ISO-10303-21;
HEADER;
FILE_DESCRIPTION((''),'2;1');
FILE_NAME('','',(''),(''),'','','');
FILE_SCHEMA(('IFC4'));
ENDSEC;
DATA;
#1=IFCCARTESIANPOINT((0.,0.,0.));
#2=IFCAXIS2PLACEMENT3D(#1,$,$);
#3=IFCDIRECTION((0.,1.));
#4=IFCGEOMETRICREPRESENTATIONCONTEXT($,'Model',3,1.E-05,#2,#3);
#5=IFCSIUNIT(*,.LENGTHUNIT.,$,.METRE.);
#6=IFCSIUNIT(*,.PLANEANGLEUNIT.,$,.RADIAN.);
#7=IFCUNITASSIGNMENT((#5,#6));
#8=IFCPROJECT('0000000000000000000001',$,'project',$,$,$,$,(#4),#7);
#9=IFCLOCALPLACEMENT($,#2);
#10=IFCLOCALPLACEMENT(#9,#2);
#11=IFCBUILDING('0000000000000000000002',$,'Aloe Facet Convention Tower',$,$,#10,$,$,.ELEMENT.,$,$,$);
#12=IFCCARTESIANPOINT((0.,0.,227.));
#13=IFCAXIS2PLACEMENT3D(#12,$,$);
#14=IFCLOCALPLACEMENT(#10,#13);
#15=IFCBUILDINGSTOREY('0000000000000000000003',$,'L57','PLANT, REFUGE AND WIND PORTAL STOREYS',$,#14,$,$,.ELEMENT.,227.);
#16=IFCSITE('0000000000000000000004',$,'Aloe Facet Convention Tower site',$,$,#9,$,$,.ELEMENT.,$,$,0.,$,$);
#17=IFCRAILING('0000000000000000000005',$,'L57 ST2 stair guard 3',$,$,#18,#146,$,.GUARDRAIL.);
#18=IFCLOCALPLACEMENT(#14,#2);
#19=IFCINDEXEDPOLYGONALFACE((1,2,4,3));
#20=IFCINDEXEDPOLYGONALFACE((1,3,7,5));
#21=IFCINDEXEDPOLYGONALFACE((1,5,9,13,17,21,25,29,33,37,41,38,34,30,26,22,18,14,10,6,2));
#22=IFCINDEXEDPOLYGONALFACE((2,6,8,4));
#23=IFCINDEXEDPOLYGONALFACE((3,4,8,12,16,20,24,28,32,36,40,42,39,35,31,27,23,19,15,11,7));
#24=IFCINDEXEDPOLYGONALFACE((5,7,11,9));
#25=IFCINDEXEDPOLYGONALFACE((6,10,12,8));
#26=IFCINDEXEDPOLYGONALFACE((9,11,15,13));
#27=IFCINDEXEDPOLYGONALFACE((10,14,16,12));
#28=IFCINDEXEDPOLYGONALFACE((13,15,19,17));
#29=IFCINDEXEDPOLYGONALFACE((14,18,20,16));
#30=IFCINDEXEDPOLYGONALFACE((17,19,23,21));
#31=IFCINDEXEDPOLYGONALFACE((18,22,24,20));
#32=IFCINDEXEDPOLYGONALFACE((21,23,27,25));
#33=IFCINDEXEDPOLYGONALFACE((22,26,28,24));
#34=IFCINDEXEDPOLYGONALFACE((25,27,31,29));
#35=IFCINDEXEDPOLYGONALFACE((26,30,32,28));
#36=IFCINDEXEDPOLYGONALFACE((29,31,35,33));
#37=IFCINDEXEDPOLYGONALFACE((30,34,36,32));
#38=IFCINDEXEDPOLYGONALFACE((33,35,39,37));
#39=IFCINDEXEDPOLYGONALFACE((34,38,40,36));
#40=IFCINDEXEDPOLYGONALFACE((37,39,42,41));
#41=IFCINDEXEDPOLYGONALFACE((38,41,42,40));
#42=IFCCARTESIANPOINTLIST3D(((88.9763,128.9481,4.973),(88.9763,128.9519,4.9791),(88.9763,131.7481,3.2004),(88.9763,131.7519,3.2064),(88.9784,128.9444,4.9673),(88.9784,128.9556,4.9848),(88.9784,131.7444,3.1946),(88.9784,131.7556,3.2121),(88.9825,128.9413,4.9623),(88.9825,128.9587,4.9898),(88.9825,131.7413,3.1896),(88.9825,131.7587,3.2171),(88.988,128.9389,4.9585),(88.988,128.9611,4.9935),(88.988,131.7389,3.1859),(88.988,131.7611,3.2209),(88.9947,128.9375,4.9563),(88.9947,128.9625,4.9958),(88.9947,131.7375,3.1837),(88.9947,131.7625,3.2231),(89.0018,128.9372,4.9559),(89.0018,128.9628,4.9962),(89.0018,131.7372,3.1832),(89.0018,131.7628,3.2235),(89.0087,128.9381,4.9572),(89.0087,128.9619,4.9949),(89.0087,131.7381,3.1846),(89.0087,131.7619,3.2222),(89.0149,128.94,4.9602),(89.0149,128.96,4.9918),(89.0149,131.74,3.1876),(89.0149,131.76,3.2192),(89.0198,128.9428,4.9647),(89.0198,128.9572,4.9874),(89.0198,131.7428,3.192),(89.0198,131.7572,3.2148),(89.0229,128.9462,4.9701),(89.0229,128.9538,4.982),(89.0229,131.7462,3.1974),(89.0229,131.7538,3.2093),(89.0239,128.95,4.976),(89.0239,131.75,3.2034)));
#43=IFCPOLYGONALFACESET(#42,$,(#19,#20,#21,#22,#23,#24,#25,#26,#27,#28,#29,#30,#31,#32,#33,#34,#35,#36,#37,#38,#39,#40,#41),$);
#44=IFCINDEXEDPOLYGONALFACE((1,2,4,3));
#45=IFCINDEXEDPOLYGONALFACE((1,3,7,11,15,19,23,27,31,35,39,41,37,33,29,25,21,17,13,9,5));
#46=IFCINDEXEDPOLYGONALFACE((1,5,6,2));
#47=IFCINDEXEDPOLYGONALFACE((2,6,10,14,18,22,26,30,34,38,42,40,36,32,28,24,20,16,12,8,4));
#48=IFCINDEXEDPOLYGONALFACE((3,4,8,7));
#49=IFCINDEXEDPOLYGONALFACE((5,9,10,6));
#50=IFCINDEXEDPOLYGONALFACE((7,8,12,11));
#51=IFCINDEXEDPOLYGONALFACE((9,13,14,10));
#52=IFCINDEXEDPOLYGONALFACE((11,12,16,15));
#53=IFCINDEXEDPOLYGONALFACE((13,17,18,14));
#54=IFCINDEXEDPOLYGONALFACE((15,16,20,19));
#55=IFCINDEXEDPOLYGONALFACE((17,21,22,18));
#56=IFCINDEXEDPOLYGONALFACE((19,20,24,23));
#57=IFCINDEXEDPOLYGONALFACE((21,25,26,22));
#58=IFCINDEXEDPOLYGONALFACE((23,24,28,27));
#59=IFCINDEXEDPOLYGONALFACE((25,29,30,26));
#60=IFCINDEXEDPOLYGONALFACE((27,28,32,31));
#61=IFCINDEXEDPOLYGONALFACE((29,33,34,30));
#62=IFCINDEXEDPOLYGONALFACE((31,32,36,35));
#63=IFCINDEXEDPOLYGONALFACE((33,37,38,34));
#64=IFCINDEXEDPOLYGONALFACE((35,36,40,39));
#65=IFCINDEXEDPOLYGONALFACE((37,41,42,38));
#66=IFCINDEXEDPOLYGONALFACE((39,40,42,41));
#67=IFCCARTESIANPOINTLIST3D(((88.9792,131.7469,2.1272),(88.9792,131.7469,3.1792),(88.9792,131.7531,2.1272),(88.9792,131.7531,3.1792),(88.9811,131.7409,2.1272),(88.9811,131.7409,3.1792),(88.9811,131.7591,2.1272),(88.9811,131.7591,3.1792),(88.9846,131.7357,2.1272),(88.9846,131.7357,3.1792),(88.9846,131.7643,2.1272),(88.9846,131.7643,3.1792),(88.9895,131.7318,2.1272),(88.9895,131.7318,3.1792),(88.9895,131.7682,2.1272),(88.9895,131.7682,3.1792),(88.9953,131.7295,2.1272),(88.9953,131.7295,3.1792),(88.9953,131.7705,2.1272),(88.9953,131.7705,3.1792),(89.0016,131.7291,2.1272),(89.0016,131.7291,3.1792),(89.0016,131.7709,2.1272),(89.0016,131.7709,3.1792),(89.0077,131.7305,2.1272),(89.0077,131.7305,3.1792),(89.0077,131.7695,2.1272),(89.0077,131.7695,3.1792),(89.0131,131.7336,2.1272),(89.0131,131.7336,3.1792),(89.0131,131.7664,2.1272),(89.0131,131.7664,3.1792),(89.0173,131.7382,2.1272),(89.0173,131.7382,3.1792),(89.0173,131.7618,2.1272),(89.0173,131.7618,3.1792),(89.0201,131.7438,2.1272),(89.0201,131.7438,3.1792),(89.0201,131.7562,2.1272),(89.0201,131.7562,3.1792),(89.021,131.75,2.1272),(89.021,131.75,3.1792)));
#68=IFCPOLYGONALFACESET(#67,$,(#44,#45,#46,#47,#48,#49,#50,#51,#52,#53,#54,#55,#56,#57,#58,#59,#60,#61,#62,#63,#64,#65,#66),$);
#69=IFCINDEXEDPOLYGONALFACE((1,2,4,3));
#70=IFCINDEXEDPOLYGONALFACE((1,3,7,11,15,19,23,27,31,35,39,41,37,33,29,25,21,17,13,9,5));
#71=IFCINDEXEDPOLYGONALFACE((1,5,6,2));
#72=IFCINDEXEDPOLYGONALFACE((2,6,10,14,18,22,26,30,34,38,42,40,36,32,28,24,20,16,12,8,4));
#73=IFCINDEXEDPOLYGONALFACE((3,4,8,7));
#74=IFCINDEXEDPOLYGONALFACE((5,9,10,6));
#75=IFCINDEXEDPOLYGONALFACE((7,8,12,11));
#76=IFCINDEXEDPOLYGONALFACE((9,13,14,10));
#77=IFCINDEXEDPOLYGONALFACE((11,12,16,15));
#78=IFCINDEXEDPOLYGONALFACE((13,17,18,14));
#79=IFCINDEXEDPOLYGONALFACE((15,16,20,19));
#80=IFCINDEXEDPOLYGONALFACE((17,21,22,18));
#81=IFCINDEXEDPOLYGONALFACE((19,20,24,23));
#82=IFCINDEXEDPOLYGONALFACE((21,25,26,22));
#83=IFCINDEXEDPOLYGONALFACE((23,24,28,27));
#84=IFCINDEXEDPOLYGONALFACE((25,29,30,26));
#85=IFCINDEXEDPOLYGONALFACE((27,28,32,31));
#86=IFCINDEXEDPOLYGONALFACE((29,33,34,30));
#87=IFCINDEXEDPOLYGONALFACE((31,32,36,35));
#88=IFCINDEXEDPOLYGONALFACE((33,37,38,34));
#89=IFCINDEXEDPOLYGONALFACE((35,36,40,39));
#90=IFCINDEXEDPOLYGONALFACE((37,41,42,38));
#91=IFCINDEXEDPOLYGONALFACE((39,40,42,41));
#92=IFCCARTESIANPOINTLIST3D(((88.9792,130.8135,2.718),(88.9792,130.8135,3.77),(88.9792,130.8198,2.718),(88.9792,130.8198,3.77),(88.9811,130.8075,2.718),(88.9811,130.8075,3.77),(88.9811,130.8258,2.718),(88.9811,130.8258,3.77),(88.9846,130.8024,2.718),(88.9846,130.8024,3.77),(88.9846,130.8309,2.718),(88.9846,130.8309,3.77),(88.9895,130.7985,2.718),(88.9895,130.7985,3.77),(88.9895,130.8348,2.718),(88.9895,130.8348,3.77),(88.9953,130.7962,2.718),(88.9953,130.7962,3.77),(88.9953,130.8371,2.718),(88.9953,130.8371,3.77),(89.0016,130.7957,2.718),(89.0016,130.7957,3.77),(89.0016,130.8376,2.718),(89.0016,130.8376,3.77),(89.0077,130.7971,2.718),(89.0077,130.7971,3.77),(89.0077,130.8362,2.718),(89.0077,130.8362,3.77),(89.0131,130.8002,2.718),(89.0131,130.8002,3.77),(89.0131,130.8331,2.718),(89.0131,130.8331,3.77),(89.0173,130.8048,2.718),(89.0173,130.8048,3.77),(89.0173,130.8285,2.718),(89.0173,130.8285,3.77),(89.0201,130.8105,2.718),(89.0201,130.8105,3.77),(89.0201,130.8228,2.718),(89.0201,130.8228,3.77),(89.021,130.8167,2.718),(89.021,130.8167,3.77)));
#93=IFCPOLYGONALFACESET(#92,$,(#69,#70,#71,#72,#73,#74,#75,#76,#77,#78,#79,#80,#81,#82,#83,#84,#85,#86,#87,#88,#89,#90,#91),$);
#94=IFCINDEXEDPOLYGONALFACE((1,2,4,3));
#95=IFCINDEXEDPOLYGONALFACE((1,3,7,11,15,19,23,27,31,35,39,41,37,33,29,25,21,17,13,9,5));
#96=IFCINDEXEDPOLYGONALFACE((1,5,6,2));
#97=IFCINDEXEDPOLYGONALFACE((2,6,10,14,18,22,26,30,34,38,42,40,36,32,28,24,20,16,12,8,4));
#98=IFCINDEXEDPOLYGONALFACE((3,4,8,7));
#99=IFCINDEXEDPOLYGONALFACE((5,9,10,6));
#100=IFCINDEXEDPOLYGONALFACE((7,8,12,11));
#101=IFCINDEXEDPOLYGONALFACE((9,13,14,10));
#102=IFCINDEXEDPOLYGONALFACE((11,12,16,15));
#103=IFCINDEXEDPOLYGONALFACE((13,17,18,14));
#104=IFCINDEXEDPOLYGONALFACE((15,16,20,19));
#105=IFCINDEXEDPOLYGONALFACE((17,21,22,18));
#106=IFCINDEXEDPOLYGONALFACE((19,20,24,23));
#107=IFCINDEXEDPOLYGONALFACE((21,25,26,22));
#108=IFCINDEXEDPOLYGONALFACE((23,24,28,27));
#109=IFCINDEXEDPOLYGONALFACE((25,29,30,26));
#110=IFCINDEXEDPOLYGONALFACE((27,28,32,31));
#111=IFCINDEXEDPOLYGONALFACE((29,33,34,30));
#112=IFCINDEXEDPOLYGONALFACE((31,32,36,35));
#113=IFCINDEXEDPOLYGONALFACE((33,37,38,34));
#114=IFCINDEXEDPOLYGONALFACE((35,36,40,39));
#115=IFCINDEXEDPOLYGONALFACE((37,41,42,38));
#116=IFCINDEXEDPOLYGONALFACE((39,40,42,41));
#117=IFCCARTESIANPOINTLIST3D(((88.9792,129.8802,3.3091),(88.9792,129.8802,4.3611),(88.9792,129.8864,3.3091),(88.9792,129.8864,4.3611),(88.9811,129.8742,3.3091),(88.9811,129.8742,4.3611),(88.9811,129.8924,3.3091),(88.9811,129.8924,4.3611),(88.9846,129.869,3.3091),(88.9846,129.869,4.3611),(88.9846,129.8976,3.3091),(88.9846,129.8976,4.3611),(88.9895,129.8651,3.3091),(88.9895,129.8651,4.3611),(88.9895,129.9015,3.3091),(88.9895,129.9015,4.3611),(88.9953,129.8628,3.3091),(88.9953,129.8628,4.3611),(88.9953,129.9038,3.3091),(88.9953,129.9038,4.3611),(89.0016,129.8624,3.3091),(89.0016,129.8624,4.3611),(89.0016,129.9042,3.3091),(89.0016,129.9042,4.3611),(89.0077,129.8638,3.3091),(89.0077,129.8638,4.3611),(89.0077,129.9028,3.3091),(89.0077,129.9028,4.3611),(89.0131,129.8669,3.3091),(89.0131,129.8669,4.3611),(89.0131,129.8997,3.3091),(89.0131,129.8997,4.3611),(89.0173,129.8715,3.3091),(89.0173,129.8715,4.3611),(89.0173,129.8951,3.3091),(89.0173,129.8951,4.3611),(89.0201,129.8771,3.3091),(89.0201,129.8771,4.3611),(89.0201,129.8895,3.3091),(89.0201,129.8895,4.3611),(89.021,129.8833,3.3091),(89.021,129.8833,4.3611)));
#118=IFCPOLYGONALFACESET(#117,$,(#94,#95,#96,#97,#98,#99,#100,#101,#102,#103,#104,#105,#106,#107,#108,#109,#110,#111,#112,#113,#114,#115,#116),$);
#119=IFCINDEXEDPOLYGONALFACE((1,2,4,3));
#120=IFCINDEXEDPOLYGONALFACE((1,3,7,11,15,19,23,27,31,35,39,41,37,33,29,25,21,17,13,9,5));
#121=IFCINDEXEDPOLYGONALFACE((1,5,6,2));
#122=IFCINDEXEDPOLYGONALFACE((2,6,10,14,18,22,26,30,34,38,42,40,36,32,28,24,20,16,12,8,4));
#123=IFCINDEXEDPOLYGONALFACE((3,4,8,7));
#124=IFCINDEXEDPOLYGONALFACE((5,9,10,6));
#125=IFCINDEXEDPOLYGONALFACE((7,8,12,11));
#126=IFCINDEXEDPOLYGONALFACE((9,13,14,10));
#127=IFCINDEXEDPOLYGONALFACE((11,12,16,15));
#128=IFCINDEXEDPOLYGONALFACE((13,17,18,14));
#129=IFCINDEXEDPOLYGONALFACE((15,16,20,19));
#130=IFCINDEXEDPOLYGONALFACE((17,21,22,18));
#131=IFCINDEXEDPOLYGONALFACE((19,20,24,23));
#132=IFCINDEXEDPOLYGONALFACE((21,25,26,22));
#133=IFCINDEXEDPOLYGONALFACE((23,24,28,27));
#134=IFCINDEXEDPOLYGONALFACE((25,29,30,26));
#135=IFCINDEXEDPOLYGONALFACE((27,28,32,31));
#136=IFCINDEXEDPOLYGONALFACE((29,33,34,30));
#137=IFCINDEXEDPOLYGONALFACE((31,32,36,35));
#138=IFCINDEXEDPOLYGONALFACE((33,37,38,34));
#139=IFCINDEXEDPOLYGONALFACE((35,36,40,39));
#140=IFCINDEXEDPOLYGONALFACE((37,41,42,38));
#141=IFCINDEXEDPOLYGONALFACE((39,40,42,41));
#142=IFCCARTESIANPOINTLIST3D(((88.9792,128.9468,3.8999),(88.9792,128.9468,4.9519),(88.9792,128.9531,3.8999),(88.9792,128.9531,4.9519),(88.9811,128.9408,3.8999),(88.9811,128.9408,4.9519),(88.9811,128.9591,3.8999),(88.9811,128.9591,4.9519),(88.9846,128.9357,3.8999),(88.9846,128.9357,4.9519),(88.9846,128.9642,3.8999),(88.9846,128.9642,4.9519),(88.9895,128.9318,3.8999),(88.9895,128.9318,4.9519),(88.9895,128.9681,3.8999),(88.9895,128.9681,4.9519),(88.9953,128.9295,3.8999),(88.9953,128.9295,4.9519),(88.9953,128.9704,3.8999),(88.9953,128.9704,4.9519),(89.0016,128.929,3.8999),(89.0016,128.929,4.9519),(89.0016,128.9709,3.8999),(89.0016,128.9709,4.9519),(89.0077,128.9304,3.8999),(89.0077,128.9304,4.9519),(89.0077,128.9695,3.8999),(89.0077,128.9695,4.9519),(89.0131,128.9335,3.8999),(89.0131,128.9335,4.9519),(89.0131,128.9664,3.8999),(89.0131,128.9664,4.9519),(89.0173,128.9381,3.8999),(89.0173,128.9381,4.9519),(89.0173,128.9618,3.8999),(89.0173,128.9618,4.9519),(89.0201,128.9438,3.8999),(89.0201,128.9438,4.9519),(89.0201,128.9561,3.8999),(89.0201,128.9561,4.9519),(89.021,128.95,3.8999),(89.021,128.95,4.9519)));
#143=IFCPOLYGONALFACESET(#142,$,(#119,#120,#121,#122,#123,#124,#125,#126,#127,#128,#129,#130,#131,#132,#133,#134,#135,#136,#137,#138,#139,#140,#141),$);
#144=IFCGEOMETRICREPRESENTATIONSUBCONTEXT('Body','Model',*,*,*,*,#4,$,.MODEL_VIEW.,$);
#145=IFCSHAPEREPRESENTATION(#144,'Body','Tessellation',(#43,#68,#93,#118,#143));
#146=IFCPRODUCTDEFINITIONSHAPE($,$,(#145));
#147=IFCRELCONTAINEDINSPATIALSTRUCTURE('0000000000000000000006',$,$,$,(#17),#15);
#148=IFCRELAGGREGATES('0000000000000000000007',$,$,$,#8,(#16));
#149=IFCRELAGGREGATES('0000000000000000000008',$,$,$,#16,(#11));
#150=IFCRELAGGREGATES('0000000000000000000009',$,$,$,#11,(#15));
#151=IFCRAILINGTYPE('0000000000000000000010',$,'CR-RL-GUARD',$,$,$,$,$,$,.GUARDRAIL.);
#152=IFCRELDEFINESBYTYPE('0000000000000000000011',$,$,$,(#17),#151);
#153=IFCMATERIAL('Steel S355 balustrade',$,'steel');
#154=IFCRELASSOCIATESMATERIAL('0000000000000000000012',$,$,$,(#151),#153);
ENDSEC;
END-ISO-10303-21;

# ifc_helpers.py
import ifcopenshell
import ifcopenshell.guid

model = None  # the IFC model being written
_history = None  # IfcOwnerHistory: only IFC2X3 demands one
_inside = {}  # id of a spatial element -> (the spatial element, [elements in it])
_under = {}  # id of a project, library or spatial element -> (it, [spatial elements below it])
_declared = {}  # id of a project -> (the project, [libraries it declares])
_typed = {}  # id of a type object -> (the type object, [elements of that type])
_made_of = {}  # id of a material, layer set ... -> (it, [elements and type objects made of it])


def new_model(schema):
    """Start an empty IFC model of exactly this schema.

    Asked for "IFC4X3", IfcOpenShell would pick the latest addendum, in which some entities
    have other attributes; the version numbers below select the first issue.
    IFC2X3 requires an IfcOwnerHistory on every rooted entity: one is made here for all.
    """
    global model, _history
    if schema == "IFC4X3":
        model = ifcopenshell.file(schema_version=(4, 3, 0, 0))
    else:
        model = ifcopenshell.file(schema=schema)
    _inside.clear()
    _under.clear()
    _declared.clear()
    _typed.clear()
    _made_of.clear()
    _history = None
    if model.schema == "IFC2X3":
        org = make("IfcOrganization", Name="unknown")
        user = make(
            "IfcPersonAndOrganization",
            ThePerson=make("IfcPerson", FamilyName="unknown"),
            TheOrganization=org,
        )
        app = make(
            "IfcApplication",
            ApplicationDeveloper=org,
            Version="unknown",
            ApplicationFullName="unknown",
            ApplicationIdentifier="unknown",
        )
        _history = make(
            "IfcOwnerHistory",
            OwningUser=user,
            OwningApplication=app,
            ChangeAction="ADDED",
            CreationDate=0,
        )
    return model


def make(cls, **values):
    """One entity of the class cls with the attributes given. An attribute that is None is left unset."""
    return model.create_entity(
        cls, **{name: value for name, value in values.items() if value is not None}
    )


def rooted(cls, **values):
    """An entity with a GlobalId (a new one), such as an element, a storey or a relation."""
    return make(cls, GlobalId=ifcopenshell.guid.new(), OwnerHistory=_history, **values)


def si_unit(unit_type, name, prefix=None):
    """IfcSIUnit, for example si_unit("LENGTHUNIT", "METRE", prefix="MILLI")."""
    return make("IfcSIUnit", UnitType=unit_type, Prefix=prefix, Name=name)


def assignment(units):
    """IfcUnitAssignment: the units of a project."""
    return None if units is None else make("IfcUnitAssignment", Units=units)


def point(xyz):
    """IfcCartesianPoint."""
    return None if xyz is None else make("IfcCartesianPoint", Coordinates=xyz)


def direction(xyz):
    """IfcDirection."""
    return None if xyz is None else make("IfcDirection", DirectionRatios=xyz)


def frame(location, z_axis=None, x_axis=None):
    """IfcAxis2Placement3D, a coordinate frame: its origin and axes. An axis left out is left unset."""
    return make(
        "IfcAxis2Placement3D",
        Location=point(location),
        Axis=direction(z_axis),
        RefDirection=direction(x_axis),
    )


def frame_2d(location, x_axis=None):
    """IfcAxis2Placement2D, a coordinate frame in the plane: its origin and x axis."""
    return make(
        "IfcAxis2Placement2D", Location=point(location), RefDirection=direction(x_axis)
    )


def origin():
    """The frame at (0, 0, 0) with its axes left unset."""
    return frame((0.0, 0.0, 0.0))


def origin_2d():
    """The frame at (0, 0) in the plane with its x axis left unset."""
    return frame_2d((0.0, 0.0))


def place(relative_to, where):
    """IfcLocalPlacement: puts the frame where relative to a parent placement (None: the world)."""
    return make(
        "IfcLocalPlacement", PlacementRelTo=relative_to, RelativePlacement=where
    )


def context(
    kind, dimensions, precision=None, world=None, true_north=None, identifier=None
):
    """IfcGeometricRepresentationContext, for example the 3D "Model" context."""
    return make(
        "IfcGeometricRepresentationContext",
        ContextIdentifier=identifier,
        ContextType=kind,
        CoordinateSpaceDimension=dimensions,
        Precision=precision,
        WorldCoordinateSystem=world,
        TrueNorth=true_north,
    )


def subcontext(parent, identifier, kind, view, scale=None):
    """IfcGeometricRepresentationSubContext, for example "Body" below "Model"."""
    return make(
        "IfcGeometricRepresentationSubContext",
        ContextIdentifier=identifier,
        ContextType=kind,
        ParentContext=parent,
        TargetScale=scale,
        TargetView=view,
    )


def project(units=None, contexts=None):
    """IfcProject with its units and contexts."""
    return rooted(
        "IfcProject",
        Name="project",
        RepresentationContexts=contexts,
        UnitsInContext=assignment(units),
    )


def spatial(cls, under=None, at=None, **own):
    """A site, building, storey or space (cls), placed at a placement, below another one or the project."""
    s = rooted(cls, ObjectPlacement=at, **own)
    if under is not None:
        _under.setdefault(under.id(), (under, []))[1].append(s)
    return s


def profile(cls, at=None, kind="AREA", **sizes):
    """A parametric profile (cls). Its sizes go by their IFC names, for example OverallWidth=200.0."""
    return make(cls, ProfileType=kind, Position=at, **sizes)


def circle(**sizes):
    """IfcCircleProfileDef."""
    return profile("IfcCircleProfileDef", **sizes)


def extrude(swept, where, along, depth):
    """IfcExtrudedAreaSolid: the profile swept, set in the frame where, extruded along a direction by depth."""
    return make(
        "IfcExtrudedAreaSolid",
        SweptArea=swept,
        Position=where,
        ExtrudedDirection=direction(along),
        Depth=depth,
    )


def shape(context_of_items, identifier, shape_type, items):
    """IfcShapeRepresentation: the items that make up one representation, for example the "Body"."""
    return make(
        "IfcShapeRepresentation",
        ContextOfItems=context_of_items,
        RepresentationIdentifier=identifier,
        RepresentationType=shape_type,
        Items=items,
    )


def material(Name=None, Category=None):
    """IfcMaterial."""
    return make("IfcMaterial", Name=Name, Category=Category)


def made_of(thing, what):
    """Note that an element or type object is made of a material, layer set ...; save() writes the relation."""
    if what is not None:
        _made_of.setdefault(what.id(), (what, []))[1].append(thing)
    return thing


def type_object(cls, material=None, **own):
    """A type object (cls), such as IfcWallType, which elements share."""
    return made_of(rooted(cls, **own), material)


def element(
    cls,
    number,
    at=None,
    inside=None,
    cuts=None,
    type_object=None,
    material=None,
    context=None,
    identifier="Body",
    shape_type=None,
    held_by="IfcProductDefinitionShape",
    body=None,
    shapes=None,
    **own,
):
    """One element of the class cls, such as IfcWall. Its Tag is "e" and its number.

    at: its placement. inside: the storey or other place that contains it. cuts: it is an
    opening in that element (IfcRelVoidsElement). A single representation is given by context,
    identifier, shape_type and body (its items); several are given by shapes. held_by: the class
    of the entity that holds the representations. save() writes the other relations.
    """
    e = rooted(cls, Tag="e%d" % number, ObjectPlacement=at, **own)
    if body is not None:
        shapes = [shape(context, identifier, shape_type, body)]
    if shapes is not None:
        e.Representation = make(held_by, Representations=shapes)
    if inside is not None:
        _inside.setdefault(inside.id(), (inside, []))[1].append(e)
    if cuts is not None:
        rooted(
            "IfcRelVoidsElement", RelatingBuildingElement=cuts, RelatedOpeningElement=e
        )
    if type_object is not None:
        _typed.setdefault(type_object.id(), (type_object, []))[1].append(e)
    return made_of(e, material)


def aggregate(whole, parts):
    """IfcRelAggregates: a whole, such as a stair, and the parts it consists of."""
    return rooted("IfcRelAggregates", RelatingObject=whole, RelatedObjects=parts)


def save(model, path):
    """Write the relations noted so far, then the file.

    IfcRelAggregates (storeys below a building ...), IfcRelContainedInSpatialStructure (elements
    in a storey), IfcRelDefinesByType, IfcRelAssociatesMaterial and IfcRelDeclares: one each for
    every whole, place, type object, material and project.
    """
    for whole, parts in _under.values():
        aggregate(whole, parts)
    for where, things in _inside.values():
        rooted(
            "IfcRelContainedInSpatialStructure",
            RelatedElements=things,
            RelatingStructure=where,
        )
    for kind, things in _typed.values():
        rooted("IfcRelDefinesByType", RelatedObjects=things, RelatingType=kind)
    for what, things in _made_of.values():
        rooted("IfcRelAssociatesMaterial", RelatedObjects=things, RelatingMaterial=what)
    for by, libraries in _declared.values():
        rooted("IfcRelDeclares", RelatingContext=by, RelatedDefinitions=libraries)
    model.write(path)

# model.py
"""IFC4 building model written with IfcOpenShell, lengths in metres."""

from ifc_helpers import new_model, si_unit, direction, frame, origin, origin_2d, place, context, subcontext, project, spatial, circle, extrude, material, type_object, element, save


model = new_model("IFC4")

# Units and contexts
model_context = context("Model", 3, precision=1e-05, world=origin(), true_north=direction((0.0, 1.0)))
body_context = subcontext(model_context, "Body", "Model", "MODEL_VIEW")
ifc_project = project(units=[si_unit("LENGTHUNIT", "METRE"), si_unit("PLANEANGLEUNIT", "RADIAN")], contexts=[model_context])

# Site, building, storey
site_placement = place(None, origin())
site = spatial("IfcSite", under=ifc_project, at=site_placement, Name="Aloe Facet Convention Tower site", CompositionType="ELEMENT", RefElevation=0.0)
building_placement = place(site_placement, origin())
building = spatial("IfcBuilding", under=site, at=building_placement, Name="Aloe Facet Convention Tower", CompositionType="ELEMENT")
storey_placement = place(building_placement, frame((0.0, 0.0, 227.0)))
storey = spatial("IfcBuildingStorey", under=building, at=storey_placement, Name="L57", Description="PLANT, REFUGE AND WIND PORTAL STOREYS", CompositionType="ELEMENT", Elevation=227.0)

# Railing
ifc_material_1 = material(Name="Steel S355 balustrade", Category="steel")
railing_type_1 = type_object("IfcRailingType", Name="CR-RL-GUARD", PredefinedType="GUARDRAIL", material=ifc_material_1)
railing_1_placement = place(storey_placement, frame((89.0, 131.75, 2.1272)))
element("IfcRailing", 1, at=railing_1_placement, inside=storey, type_object=railing_type_1, Name="L57 ST2 stair guard 3", PredefinedType="GUARDRAIL", context=body_context, shape_type="SweptSolid", body=[
    extrude(circle(Radius=0.0239, at=origin_2d()), frame((0.0, 0.0, 1.0762), z_axis=(0.0, -0.844909, 0.53491), x_axis=(1.0, 0.0, 0.0)), (0.0, 0.0, 1.0), 3.314),
    extrude(circle(Radius=0.021, at=origin_2d()), origin(), (0.0, 0.0, 1.0), 1.052),
    extrude(circle(Radius=0.021, at=origin_2d()), frame((0.0, -0.9333, 0.5908)), (0.0, 0.0, 1.0), 1.052),
    extrude(circle(Radius=0.021, at=origin_2d()), frame((0.0, -1.8667, 1.1819)), (0.0, 0.0, 1.0), 1.052),
    extrude(circle(Radius=0.021, at=origin_2d()), frame((0.0, -2.8, 1.7727)), (0.0, 0.0, 1.0), 1.052),
])

save(model, "model.ifc")
